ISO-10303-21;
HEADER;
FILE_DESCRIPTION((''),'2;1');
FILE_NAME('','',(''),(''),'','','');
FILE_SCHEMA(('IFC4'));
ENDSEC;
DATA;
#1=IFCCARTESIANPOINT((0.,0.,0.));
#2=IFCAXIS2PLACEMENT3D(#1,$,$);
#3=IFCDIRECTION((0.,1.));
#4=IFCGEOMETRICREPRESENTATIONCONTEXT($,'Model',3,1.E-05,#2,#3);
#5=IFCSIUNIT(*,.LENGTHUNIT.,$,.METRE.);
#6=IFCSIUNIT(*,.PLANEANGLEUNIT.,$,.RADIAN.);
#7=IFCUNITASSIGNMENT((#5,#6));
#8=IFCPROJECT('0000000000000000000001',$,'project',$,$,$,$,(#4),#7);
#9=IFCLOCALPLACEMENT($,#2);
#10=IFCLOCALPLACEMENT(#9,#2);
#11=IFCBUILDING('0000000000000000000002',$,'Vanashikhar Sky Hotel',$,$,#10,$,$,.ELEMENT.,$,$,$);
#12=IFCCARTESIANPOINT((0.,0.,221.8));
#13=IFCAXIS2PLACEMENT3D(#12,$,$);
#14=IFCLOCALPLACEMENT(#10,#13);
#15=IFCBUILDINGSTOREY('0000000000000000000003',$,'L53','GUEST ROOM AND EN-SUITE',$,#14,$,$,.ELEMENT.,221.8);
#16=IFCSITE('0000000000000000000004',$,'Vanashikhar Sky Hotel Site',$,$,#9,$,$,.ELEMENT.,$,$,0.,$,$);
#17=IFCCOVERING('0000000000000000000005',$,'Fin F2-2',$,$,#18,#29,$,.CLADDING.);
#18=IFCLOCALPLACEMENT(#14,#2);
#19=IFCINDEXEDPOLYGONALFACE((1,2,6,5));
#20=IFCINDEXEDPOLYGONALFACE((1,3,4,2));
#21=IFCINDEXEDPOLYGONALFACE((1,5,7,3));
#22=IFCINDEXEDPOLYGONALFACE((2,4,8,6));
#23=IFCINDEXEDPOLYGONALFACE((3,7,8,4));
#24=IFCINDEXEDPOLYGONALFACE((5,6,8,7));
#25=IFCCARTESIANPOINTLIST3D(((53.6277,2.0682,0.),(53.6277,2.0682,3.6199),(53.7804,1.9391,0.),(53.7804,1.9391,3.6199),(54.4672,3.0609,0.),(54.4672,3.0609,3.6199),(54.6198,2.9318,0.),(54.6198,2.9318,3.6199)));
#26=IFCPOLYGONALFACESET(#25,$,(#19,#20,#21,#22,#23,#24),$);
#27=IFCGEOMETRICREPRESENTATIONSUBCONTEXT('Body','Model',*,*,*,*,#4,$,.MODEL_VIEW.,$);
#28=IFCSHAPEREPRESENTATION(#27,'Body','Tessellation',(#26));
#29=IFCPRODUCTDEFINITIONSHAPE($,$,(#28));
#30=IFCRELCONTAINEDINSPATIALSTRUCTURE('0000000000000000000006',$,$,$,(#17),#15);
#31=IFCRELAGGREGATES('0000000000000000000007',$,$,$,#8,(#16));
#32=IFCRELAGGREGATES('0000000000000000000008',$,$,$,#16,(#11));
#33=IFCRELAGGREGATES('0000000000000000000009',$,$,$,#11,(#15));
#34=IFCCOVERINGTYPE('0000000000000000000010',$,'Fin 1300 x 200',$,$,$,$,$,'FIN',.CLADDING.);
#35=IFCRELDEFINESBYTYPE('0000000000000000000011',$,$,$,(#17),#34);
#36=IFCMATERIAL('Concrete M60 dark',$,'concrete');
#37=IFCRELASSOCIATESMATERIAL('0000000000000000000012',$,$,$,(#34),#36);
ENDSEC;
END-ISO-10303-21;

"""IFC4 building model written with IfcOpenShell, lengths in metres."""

from ifc_helpers import new_model, si_unit, direction, frame, origin, origin_2d, place, context, subcontext, project, spatial, rectangle, extrude, source, transform, mapped, material, material_profile, profile_set, type_object, element, save


model = new_model("IFC4")

# Units and contexts
model_context = context("Model", 3, precision=1e-05, world=origin(), true_north=direction((0.0, 1.0)))
body_context = subcontext(model_context, "Body", "Model", "MODEL_VIEW")
ifc_project = project(units=[si_unit("LENGTHUNIT", "METRE"), si_unit("PLANEANGLEUNIT", "RADIAN")], contexts=[model_context])

# Site, building, storey
site_placement = place(None, origin())
site = spatial("IfcSite", under=ifc_project, at=site_placement, Name="Vanashikhar Sky Hotel Site", CompositionType="ELEMENT", RefElevation=0.0)
building_placement = place(site_placement, origin())
building = spatial("IfcBuilding", under=site, at=building_placement, Name="Vanashikhar Sky Hotel", CompositionType="ELEMENT")
storey_placement = place(building_placement, frame((0.0, 0.0, 221.8)))
storey = spatial("IfcBuildingStorey", under=building, at=storey_placement, Name="L53", Description="GUEST ROOM AND EN-SUITE", CompositionType="ELEMENT", Elevation=221.8)

# Covering
ifc_material_1 = material(Name="Concrete M60 dark", Category="concrete")
ifc_material_profile = material_profile(ifc_material_1, rectangle(XDim=1.3, YDim=0.2, at=origin_2d()))
ifc_profile_set = profile_set([ifc_material_profile], Name="Fin 1300 x 200")
covering_type = type_object("IfcCoveringType", Name="Fin 1300 x 200", ElementType="FIN", PredefinedType="CLADDING", material=ifc_profile_set)
shared_shape_1 = source(origin(), body_context, "Body", "SweptSolid", [
    extrude(rectangle(XDim=1.3, YDim=0.2, at=origin_2d()), origin(), (0.0, 0.0, 1.0), 3.6199),
])
for number, where, z_axis, x_axis, name in (
    (1, (54.1238, 2.5, 0.0), (0.0, 0.0, 1.0), (-0.645698, -0.763593, 0.0), "Fin F2-2"),
):
    element("IfcCovering", number, at=place(storey_placement, frame(where, z_axis=z_axis, x_axis=x_axis)), inside=storey, type_object=covering_type, Name=name, PredefinedType="CLADDING", context=body_context, shape_type="MappedRepresentation", body=[
        mapped(shared_shape_1, transform((0.0, 0.0, 0.0), scale=1.0)),
    ])

save(model, "model.ifc")
